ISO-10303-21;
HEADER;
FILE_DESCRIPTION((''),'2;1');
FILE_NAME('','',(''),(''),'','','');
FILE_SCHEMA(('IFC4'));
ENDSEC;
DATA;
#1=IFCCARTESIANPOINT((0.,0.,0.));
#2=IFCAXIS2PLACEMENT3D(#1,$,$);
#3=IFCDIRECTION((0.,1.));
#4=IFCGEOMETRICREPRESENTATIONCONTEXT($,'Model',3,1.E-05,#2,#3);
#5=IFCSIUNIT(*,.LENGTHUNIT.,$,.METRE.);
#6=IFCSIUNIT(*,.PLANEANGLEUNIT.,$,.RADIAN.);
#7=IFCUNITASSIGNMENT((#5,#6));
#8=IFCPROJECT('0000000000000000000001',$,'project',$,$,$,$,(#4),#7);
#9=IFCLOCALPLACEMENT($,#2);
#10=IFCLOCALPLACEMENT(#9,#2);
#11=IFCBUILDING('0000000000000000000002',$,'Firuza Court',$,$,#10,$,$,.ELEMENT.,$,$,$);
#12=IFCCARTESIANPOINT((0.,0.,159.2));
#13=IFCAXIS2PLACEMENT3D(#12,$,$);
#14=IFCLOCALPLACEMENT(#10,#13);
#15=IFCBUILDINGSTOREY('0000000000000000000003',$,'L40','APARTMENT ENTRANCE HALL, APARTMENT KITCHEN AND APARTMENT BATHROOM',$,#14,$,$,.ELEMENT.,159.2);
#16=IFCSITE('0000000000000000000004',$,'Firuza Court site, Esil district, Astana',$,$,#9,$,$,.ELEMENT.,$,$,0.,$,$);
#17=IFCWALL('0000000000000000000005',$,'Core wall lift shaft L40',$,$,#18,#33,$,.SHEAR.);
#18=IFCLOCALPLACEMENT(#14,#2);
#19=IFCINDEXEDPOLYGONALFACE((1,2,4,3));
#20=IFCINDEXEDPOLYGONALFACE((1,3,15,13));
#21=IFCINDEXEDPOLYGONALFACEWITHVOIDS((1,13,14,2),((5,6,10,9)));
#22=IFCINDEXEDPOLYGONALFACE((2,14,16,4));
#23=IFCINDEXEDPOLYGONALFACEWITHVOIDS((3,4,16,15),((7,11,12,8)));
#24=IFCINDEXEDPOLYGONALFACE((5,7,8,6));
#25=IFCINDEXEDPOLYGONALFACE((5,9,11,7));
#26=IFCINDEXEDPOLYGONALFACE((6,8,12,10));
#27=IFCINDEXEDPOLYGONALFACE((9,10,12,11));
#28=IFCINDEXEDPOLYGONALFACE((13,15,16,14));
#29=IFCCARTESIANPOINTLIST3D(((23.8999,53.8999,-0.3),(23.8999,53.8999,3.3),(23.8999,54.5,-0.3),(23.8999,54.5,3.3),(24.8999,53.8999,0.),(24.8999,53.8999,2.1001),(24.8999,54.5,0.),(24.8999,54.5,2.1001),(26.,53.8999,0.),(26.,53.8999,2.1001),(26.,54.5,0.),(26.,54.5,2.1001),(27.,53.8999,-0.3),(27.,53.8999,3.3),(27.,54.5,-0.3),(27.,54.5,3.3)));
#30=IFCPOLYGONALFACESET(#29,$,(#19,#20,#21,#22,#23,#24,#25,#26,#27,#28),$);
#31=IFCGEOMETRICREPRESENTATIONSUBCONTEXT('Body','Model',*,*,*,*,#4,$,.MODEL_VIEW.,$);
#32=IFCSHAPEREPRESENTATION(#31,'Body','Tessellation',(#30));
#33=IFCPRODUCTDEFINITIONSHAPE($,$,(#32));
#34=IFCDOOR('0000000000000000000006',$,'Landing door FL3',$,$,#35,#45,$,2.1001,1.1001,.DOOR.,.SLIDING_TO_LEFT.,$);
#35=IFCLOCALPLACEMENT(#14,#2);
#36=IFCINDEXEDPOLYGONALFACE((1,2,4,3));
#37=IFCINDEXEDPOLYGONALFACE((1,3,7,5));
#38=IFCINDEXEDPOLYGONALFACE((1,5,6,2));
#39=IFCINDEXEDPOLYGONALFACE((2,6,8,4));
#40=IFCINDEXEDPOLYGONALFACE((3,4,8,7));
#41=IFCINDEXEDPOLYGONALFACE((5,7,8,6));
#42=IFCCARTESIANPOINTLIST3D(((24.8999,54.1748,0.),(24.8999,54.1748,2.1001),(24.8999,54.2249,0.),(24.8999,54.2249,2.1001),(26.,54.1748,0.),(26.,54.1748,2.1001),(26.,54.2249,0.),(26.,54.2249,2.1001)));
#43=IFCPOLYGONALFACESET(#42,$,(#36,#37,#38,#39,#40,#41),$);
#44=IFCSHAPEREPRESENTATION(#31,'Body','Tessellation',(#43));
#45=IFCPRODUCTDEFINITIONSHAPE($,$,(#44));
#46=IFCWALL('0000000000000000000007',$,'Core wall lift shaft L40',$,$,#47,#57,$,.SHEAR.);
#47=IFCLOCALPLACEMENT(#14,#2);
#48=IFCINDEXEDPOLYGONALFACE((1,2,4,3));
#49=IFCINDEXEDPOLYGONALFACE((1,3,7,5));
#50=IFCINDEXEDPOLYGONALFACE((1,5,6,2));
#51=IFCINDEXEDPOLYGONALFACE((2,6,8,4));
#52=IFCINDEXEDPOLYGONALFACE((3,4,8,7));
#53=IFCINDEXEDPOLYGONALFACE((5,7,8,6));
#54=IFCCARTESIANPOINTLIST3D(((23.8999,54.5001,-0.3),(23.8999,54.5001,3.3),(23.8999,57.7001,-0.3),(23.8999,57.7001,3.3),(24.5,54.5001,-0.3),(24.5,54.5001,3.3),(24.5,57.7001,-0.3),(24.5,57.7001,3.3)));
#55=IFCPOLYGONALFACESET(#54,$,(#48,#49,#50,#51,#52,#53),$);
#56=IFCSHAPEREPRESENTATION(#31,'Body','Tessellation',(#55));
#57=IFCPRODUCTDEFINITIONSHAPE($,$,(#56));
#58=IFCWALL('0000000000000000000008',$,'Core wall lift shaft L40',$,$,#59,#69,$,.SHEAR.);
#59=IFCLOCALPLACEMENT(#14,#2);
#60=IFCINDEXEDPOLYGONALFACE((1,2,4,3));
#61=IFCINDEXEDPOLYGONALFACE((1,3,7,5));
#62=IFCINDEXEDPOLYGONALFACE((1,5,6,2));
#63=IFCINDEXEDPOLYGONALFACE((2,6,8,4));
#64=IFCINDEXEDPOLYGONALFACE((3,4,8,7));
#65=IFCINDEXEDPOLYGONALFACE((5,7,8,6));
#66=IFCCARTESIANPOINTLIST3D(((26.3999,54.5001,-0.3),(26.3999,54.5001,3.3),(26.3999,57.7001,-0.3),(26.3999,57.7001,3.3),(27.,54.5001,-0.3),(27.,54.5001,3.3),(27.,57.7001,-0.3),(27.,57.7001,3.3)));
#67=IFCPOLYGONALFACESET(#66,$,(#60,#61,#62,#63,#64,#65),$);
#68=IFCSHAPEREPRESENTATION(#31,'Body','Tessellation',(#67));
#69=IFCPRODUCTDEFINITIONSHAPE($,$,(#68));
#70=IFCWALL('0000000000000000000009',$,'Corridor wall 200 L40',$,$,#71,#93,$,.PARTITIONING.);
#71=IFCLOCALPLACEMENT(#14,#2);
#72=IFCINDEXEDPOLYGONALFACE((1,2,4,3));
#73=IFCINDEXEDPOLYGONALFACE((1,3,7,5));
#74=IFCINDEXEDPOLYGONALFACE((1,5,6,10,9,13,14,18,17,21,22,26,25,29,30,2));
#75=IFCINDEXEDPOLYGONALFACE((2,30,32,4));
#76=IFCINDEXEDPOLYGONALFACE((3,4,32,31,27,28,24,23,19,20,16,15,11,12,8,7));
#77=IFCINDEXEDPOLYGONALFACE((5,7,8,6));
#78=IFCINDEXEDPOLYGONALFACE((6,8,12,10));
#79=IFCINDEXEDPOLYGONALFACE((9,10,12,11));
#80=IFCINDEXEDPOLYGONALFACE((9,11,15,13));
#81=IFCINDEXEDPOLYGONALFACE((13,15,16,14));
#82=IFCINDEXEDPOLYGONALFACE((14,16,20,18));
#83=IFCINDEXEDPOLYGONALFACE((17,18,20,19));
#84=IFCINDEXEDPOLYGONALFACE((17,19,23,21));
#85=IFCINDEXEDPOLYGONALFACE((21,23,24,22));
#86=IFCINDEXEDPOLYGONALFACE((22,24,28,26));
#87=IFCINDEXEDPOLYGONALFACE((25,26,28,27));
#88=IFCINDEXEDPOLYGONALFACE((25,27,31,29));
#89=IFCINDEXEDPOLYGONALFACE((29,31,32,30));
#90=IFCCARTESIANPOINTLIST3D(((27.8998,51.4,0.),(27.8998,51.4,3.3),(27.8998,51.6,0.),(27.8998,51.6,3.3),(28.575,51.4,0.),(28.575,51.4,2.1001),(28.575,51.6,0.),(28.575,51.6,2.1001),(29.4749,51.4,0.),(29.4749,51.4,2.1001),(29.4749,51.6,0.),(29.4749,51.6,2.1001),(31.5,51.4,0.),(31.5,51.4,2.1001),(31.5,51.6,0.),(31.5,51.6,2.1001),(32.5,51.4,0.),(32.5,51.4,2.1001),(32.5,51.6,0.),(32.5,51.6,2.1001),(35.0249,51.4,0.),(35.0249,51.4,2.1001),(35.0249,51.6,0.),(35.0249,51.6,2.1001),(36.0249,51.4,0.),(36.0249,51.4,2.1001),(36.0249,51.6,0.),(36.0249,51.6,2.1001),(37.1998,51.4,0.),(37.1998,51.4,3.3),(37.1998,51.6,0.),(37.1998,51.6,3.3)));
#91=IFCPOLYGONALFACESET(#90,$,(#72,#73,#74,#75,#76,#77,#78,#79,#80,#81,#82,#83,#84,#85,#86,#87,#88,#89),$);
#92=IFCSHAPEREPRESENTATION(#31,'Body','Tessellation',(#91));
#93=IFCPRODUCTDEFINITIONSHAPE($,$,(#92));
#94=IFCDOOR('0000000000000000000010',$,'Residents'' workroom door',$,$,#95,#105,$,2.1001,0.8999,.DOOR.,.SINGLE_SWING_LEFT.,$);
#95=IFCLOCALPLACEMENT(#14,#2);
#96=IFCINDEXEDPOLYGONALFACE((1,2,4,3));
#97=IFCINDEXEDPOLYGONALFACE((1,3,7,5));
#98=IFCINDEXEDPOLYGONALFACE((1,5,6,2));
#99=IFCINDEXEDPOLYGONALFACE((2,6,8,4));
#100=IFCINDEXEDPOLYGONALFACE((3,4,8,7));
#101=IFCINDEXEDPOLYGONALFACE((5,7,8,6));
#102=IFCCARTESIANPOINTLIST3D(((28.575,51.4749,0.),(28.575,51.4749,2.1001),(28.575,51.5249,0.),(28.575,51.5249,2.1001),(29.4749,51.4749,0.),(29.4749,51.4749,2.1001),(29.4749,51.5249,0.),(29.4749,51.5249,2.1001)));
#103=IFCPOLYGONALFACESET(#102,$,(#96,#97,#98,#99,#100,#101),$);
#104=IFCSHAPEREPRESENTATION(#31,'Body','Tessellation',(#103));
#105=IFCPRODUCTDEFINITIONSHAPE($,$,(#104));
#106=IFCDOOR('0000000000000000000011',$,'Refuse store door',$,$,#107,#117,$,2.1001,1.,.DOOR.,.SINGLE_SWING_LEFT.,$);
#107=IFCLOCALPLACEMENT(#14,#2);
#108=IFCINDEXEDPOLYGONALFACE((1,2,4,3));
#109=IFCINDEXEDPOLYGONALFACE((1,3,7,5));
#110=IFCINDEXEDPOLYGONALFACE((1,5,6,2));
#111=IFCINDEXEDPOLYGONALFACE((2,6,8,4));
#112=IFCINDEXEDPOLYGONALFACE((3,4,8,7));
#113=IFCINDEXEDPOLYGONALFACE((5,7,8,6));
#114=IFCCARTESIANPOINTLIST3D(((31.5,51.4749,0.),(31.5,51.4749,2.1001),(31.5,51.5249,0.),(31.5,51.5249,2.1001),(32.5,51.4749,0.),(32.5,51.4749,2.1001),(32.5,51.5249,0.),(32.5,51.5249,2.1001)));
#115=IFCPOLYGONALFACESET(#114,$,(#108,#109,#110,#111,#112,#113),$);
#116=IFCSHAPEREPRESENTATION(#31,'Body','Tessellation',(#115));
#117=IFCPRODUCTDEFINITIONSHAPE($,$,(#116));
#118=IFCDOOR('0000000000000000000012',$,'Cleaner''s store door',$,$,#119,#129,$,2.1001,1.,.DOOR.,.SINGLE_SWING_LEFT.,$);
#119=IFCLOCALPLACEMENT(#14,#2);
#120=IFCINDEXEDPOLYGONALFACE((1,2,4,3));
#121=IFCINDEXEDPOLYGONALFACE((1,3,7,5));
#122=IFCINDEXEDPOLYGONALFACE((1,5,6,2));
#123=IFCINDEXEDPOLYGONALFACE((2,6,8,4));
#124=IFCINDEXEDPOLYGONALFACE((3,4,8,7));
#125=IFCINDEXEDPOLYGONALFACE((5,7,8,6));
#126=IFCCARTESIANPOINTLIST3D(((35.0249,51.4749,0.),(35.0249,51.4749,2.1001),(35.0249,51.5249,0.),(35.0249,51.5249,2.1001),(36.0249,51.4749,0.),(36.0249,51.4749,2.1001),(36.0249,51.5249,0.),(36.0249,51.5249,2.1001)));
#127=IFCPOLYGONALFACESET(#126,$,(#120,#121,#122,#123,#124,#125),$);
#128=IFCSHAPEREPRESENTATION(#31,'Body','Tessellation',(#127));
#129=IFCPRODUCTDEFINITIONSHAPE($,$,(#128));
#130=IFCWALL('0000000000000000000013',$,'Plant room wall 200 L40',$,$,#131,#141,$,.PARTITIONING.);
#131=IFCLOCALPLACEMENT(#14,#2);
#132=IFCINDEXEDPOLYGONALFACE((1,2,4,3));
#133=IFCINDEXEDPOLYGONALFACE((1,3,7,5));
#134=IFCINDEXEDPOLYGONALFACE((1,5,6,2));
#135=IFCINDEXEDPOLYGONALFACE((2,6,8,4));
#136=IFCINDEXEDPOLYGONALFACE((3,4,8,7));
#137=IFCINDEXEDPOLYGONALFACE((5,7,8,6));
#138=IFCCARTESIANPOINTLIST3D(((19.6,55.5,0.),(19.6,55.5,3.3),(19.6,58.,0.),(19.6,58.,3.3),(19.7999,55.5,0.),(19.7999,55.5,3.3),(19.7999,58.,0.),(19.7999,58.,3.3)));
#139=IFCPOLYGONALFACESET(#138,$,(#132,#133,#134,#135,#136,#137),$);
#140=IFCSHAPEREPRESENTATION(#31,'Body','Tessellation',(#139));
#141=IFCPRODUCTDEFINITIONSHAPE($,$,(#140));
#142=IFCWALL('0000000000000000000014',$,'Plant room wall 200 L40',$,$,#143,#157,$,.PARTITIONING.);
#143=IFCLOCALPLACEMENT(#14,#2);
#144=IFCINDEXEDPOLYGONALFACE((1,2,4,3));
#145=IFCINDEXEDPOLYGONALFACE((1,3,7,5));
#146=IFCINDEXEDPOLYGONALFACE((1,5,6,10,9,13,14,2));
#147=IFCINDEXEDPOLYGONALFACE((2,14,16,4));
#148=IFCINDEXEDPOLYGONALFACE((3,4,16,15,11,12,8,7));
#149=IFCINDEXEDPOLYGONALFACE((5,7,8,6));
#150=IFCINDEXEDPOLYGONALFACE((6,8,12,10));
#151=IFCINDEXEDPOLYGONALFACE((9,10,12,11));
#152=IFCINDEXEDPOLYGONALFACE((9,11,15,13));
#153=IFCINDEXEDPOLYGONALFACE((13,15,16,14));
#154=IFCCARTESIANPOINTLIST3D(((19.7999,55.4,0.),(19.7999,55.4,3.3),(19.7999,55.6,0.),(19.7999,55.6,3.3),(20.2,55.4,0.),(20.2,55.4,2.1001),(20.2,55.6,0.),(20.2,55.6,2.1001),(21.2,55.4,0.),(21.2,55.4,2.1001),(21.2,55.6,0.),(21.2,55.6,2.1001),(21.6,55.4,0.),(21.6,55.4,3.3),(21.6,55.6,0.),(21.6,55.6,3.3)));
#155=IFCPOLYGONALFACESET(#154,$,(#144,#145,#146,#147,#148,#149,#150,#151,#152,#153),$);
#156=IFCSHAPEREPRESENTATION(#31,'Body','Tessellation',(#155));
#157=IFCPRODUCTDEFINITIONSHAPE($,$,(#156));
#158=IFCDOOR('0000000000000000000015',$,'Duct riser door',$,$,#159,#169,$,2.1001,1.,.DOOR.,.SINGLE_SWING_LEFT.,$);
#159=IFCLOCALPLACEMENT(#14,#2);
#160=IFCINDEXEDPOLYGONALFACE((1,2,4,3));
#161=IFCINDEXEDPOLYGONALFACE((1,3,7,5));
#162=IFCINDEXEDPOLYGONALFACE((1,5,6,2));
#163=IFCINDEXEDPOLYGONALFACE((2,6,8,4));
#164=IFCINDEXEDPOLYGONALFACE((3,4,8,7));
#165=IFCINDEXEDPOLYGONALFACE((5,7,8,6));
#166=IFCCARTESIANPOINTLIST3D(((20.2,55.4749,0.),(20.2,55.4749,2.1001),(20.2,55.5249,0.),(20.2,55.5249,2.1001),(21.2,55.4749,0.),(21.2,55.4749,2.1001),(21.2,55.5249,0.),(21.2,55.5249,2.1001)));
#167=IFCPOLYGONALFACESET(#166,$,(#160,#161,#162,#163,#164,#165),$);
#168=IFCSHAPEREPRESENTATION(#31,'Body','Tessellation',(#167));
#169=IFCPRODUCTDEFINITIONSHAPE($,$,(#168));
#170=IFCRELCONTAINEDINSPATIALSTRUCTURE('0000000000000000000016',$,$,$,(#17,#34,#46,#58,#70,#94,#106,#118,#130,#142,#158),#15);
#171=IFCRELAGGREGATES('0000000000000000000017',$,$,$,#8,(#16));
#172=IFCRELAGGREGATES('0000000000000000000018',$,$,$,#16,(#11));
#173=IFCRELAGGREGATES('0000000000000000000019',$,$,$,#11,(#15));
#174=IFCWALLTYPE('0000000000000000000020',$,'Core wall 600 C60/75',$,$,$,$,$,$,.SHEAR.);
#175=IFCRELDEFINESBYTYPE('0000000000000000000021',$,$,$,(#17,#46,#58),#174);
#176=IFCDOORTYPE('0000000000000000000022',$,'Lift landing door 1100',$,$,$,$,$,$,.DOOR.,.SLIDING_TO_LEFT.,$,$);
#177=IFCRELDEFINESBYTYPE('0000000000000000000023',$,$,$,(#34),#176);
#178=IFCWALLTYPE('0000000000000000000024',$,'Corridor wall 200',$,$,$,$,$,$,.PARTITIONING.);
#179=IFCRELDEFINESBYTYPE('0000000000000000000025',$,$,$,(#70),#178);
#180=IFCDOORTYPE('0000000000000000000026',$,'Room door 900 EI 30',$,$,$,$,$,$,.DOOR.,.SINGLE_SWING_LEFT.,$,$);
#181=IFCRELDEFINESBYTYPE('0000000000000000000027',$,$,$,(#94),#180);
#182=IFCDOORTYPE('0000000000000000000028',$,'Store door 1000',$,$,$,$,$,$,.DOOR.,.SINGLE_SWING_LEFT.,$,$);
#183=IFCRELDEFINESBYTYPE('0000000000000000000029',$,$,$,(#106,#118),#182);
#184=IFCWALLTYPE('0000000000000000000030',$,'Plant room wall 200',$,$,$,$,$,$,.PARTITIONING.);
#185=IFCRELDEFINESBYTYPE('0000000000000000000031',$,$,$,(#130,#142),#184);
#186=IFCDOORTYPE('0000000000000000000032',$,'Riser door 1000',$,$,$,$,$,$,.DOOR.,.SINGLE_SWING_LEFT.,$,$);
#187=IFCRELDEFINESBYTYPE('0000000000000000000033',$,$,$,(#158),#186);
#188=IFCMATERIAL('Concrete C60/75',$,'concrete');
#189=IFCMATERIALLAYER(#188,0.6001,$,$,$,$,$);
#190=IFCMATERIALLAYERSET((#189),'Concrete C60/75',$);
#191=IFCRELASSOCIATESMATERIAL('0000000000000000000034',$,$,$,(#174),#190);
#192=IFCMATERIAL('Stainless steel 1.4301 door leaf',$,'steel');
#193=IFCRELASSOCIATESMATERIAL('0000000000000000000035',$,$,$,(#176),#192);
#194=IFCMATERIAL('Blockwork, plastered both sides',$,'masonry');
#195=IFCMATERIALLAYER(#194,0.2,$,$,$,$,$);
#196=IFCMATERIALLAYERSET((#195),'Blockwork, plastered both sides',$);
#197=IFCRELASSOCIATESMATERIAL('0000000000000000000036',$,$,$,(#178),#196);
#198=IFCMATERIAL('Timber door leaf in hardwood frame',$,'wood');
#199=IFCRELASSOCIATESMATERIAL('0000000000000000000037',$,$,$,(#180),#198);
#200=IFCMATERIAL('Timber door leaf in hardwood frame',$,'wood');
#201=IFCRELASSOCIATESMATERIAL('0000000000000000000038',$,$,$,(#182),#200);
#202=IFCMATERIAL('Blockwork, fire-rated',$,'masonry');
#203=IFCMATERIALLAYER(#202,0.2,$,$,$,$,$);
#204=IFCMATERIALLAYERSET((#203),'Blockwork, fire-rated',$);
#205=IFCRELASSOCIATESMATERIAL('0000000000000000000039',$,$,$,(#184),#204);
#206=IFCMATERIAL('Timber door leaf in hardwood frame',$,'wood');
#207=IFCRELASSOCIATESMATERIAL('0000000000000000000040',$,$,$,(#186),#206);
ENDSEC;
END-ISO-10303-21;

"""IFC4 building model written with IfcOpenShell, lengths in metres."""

from ifc_helpers import new_model, si_unit, direction, frame, frame_2d, origin, place, context, subcontext, project, spatial, rectangle, extrude, material, layer, layer_set, type_object, element, fill, save


model = new_model("IFC4")

# Units and contexts
model_context = context("Model", 3, precision=1e-05, world=origin(), true_north=direction((0.0, 1.0)))
body_context = subcontext(model_context, "Body", "Model", "MODEL_VIEW")
ifc_project = project(units=[si_unit("LENGTHUNIT", "METRE"), si_unit("PLANEANGLEUNIT", "RADIAN")], contexts=[model_context])

# Site, building, storey
site_placement = place(None, origin())
site = spatial("IfcSite", under=ifc_project, at=site_placement, Name="Firuza Court site, Esil district, Astana", CompositionType="ELEMENT", RefElevation=0.0)
building_placement = place(site_placement, origin())
building = spatial("IfcBuilding", under=site, at=building_placement, Name="Firuza Court", CompositionType="ELEMENT")
storey_placement = place(building_placement, frame((0.0, 0.0, 159.2)))
storey = spatial("IfcBuildingStorey", under=building, at=storey_placement, Name="L40", Description="APARTMENT ENTRANCE HALL, APARTMENT KITCHEN AND APARTMENT BATHROOM", CompositionType="ELEMENT", Elevation=159.2)

# Wall, opening, door
ifc_material_1 = material(Name="Concrete C60/75", Category="concrete")
ifc_layer_1 = layer(ifc_material_1, 0.6001)
ifc_layer_set_1 = layer_set([ifc_layer_1], Name="Concrete C60/75")
wall_type_1 = type_object("IfcWallType", Name="Core wall 600 C60/75", PredefinedType="SHEAR", material=ifc_layer_set_1)
wall_1_placement = place(storey_placement, frame((23.8999, 54.2, -0.3), z_axis=(0.0, 0.0, 1.0), x_axis=(1.0, 0.0, 0.0)))
wall_1 = element("IfcWall", 1, at=wall_1_placement, inside=storey, type_object=wall_type_1, Name="Core wall lift shaft L40", PredefinedType="SHEAR", context=body_context, shape_type="SweptSolid", body=[
    extrude(rectangle(XDim=3.1001, YDim=0.6001, at=frame_2d((1.55, 0.0))), origin(), (0.0, 0.0, 1.0), 3.6001),
])
opening_1_placement = place(wall_1_placement, frame((1.0, 0.0, 0.3)))
opening_1 = element("IfcOpeningElement", 2, at=opening_1_placement, cuts=wall_1, PredefinedType="OPENING", context=body_context, shape_type="SweptSolid", body=[
    extrude(rectangle(XDim=1.1001, YDim=2.1001, at=frame_2d((0.55, 1.05))), frame((0.0, 0.312, 0.0), z_axis=(0.0, -1.0, 0.0), x_axis=(1.0, 0.0, 0.0)), (0.0, 0.0, 1.0), 0.624),
])
ifc_material_2 = material(Name="Stainless steel 1.4301 door leaf", Category="steel")
door_type_1 = type_object("IfcDoorType", Name="Lift landing door 1100", OperationType="SLIDING_TO_LEFT", PredefinedType="DOOR", material=ifc_material_2)
door_1_placement = place(opening_1_placement, origin())
door_1 = element("IfcDoor", 3, at=door_1_placement, inside=storey, type_object=door_type_1, Name="Landing door FL3", OperationType="SLIDING_TO_LEFT", OverallHeight=2.1001, OverallWidth=1.1001, PredefinedType="DOOR", context=body_context, shape_type="SweptSolid", body=[
    extrude(rectangle(XDim=1.1001, YDim=2.1001, at=frame_2d((0.55, 1.05))), frame((0.0, 0.0249, 0.0), z_axis=(0.0, -1.0, 0.0), x_axis=(1.0, 0.0, 0.0)), (0.0, 0.0, 1.0), 0.05),
])
fill(opening_1, door_1)

# Walls
for number, where, z_axis, x_axis, name in (
    (4, (24.2, 54.5, -0.3), (0.0, 0.0, 1.0), (0.0, 1.0, 0.0), "Core wall lift shaft L40"),
    (5, (26.7, 54.5, -0.3), (0.0, 0.0, 1.0), (0.0, 1.0, 0.0), "Core wall lift shaft L40"),
):
    element("IfcWall", number, at=place(storey_placement, frame(where, z_axis=z_axis, x_axis=x_axis)), inside=storey, type_object=wall_type_1, Name=name, PredefinedType="SHEAR", context=body_context, shape_type="SweptSolid", body=[
        extrude(rectangle(XDim=3.2, YDim=0.6001, at=frame_2d((1.6001, 0.0))), origin(), (0.0, 0.0, 1.0), 3.6001),
    ])

# Wall, openings, doors
ifc_material_3 = material(Name="Blockwork, plastered both sides", Category="masonry")
ifc_layer_2 = layer(ifc_material_3, 0.2)
ifc_layer_set_2 = layer_set([ifc_layer_2], Name="Blockwork, plastered both sides")
wall_type_2 = type_object("IfcWallType", Name="Corridor wall 200", PredefinedType="PARTITIONING", material=ifc_layer_set_2)
wall_2_placement = place(storey_placement, frame((27.8999, 51.5, 0.0), z_axis=(0.0, 0.0, 1.0), x_axis=(1.0, 0.0, 0.0)))
wall_2 = element("IfcWall", 6, at=wall_2_placement, inside=storey, type_object=wall_type_2, Name="Corridor wall 200 L40", PredefinedType="PARTITIONING", context=body_context, shape_type="SweptSolid", body=[
    extrude(rectangle(XDim=9.3, YDim=0.2, at=frame_2d((4.6499, 0.0))), origin(), (0.0, 0.0, 1.0), 3.3),
])
opening_2_placement = place(wall_2_placement, frame((0.675, 0.0, 0.0)))
opening_2 = element("IfcOpeningElement", 7, at=opening_2_placement, cuts=wall_2, PredefinedType="OPENING", context=body_context, shape_type="SweptSolid", body=[
    extrude(rectangle(XDim=0.8999, YDim=2.1001, at=frame_2d((0.45, 1.05))), frame((0.0, 0.1118, 0.0), z_axis=(0.0, -1.0, 0.0), x_axis=(1.0, 0.0, 0.0)), (0.0, 0.0, 1.0), 0.2239),
])
opening_3_placement = place(wall_2_placement, frame((3.6001, 0.0, 0.0)))
opening_3 = element("IfcOpeningElement", 8, at=opening_3_placement, cuts=wall_2, PredefinedType="OPENING", context=body_context, shape_type="SweptSolid", body=[
    extrude(rectangle(XDim=1.0, YDim=2.1001, at=frame_2d((0.5, 1.05))), frame((0.0, 0.1118, 0.0), z_axis=(0.0, -1.0, 0.0), x_axis=(1.0, 0.0, 0.0)), (0.0, 0.0, 1.0), 0.2239),
])
opening_4_placement = place(wall_2_placement, frame((7.125, 0.0, 0.0)))
opening_4 = element("IfcOpeningElement", 9, at=opening_4_placement, cuts=wall_2, PredefinedType="OPENING", context=body_context, shape_type="SweptSolid", body=[
    extrude(rectangle(XDim=1.0, YDim=2.1001, at=frame_2d((0.5, 1.05))), frame((0.0, 0.1118, 0.0), z_axis=(0.0, -1.0, 0.0), x_axis=(1.0, 0.0, 0.0)), (0.0, 0.0, 1.0), 0.2239),
])
ifc_material_4 = material(Name="Timber door leaf in hardwood frame", Category="wood")
door_type_2 = type_object("IfcDoorType", Name="Room door 900 EI 30", OperationType="SINGLE_SWING_LEFT", PredefinedType="DOOR", material=ifc_material_4)
door_2_placement = place(opening_2_placement, origin())
door_2 = element("IfcDoor", 10, at=door_2_placement, inside=storey, type_object=door_type_2, Name="Residents' workroom door", OperationType="SINGLE_SWING_LEFT", OverallHeight=2.1001, OverallWidth=0.8999, PredefinedType="DOOR", context=body_context, shape_type="SweptSolid", body=[
    extrude(rectangle(XDim=0.8999, YDim=2.1001, at=frame_2d((0.45, 1.05))), frame((0.0, 0.0249, 0.0), z_axis=(0.0, -1.0, 0.0), x_axis=(1.0, 0.0, 0.0)), (0.0, 0.0, 1.0), 0.05),
])
fill(opening_2, door_2)
ifc_material_5 = material(Name="Timber door leaf in hardwood frame", Category="wood")
door_type_3 = type_object("IfcDoorType", Name="Store door 1000", OperationType="SINGLE_SWING_LEFT", PredefinedType="DOOR", material=ifc_material_5)
door_3_placement = place(opening_3_placement, origin())
door_3 = element("IfcDoor", 11, at=door_3_placement, inside=storey, type_object=door_type_3, Name="Refuse store door", OperationType="SINGLE_SWING_LEFT", OverallHeight=2.1001, OverallWidth=1.0, PredefinedType="DOOR", context=body_context, shape_type="SweptSolid", body=[
    extrude(rectangle(XDim=1.0, YDim=2.1001, at=frame_2d((0.5, 1.05))), frame((0.0, 0.0249, 0.0), z_axis=(0.0, -1.0, 0.0), x_axis=(1.0, 0.0, 0.0)), (0.0, 0.0, 1.0), 0.05),
])
fill(opening_3, door_3)
door_4_placement = place(opening_4_placement, origin())
door_4 = element("IfcDoor", 12, at=door_4_placement, inside=storey, type_object=door_type_3, Name="Cleaner's store door", OperationType="SINGLE_SWING_LEFT", OverallHeight=2.1001, OverallWidth=1.0, PredefinedType="DOOR", context=body_context, shape_type="SweptSolid", body=[
    extrude(rectangle(XDim=1.0, YDim=2.1001, at=frame_2d((0.5, 1.05))), frame((0.0, 0.0249, 0.0), z_axis=(0.0, -1.0, 0.0), x_axis=(1.0, 0.0, 0.0)), (0.0, 0.0, 1.0), 0.05),
])
fill(opening_4, door_4)

# Wall
ifc_material_6 = material(Name="Blockwork, fire-rated", Category="masonry")
ifc_layer_3 = layer(ifc_material_6, 0.2)
ifc_layer_set_3 = layer_set([ifc_layer_3], Name="Blockwork, fire-rated")
wall_type_3 = type_object("IfcWallType", Name="Plant room wall 200", PredefinedType="PARTITIONING", material=ifc_layer_set_3)
wall_3_placement = place(storey_placement, frame((19.7, 55.5, 0.0), z_axis=(0.0, 0.0, 1.0), x_axis=(0.0, 1.0, 0.0)))
element("IfcWall", 13, at=wall_3_placement, inside=storey, type_object=wall_type_3, Name="Plant room wall 200 L40", PredefinedType="PARTITIONING", context=body_context, shape_type="SweptSolid", body=[
    extrude(rectangle(XDim=2.5, YDim=0.2, at=frame_2d((1.25, 0.0))), origin(), (0.0, 0.0, 1.0), 3.3),
])

# Wall, opening, door
wall_4_placement = place(storey_placement, frame((19.8, 55.5, 0.0), z_axis=(0.0, 0.0, 1.0), x_axis=(1.0, 0.0, 0.0)))
wall_4 = element("IfcWall", 14, at=wall_4_placement, inside=storey, type_object=wall_type_3, Name="Plant room wall 200 L40", PredefinedType="PARTITIONING", context=body_context, shape_type="SweptSolid", body=[
    extrude(rectangle(XDim=1.8, YDim=0.2, at=frame_2d((0.8999, 0.0))), origin(), (0.0, 0.0, 1.0), 3.3),
])
opening_5_placement = place(wall_4_placement, frame((0.3999, 0.0, 0.0)))
opening_5 = element("IfcOpeningElement", 15, at=opening_5_placement, cuts=wall_4, PredefinedType="OPENING", context=body_context, shape_type="SweptSolid", body=[
    extrude(rectangle(XDim=1.0, YDim=2.1001, at=frame_2d((0.5, 1.05))), frame((0.0, 0.1118, 0.0), z_axis=(0.0, -1.0, 0.0), x_axis=(1.0, 0.0, 0.0)), (0.0, 0.0, 1.0), 0.2239),
])
ifc_material_7 = material(Name="Timber door leaf in hardwood frame", Category="wood")
door_type_4 = type_object("IfcDoorType", Name="Riser door 1000", OperationType="SINGLE_SWING_LEFT", PredefinedType="DOOR", material=ifc_material_7)
door_5_placement = place(opening_5_placement, origin())
door_5 = element("IfcDoor", 16, at=door_5_placement, inside=storey, type_object=door_type_4, Name="Duct riser door", OperationType="SINGLE_SWING_LEFT", OverallHeight=2.1001, OverallWidth=1.0, PredefinedType="DOOR", context=body_context, shape_type="SweptSolid", body=[
    extrude(rectangle(XDim=1.0, YDim=2.1001, at=frame_2d((0.5, 1.05))), frame((0.0, 0.0249, 0.0), z_axis=(0.0, -1.0, 0.0), x_axis=(1.0, 0.0, 0.0)), (0.0, 0.0, 1.0), 0.05),
])
fill(opening_5, door_5)

save(model, "model.ifc")
